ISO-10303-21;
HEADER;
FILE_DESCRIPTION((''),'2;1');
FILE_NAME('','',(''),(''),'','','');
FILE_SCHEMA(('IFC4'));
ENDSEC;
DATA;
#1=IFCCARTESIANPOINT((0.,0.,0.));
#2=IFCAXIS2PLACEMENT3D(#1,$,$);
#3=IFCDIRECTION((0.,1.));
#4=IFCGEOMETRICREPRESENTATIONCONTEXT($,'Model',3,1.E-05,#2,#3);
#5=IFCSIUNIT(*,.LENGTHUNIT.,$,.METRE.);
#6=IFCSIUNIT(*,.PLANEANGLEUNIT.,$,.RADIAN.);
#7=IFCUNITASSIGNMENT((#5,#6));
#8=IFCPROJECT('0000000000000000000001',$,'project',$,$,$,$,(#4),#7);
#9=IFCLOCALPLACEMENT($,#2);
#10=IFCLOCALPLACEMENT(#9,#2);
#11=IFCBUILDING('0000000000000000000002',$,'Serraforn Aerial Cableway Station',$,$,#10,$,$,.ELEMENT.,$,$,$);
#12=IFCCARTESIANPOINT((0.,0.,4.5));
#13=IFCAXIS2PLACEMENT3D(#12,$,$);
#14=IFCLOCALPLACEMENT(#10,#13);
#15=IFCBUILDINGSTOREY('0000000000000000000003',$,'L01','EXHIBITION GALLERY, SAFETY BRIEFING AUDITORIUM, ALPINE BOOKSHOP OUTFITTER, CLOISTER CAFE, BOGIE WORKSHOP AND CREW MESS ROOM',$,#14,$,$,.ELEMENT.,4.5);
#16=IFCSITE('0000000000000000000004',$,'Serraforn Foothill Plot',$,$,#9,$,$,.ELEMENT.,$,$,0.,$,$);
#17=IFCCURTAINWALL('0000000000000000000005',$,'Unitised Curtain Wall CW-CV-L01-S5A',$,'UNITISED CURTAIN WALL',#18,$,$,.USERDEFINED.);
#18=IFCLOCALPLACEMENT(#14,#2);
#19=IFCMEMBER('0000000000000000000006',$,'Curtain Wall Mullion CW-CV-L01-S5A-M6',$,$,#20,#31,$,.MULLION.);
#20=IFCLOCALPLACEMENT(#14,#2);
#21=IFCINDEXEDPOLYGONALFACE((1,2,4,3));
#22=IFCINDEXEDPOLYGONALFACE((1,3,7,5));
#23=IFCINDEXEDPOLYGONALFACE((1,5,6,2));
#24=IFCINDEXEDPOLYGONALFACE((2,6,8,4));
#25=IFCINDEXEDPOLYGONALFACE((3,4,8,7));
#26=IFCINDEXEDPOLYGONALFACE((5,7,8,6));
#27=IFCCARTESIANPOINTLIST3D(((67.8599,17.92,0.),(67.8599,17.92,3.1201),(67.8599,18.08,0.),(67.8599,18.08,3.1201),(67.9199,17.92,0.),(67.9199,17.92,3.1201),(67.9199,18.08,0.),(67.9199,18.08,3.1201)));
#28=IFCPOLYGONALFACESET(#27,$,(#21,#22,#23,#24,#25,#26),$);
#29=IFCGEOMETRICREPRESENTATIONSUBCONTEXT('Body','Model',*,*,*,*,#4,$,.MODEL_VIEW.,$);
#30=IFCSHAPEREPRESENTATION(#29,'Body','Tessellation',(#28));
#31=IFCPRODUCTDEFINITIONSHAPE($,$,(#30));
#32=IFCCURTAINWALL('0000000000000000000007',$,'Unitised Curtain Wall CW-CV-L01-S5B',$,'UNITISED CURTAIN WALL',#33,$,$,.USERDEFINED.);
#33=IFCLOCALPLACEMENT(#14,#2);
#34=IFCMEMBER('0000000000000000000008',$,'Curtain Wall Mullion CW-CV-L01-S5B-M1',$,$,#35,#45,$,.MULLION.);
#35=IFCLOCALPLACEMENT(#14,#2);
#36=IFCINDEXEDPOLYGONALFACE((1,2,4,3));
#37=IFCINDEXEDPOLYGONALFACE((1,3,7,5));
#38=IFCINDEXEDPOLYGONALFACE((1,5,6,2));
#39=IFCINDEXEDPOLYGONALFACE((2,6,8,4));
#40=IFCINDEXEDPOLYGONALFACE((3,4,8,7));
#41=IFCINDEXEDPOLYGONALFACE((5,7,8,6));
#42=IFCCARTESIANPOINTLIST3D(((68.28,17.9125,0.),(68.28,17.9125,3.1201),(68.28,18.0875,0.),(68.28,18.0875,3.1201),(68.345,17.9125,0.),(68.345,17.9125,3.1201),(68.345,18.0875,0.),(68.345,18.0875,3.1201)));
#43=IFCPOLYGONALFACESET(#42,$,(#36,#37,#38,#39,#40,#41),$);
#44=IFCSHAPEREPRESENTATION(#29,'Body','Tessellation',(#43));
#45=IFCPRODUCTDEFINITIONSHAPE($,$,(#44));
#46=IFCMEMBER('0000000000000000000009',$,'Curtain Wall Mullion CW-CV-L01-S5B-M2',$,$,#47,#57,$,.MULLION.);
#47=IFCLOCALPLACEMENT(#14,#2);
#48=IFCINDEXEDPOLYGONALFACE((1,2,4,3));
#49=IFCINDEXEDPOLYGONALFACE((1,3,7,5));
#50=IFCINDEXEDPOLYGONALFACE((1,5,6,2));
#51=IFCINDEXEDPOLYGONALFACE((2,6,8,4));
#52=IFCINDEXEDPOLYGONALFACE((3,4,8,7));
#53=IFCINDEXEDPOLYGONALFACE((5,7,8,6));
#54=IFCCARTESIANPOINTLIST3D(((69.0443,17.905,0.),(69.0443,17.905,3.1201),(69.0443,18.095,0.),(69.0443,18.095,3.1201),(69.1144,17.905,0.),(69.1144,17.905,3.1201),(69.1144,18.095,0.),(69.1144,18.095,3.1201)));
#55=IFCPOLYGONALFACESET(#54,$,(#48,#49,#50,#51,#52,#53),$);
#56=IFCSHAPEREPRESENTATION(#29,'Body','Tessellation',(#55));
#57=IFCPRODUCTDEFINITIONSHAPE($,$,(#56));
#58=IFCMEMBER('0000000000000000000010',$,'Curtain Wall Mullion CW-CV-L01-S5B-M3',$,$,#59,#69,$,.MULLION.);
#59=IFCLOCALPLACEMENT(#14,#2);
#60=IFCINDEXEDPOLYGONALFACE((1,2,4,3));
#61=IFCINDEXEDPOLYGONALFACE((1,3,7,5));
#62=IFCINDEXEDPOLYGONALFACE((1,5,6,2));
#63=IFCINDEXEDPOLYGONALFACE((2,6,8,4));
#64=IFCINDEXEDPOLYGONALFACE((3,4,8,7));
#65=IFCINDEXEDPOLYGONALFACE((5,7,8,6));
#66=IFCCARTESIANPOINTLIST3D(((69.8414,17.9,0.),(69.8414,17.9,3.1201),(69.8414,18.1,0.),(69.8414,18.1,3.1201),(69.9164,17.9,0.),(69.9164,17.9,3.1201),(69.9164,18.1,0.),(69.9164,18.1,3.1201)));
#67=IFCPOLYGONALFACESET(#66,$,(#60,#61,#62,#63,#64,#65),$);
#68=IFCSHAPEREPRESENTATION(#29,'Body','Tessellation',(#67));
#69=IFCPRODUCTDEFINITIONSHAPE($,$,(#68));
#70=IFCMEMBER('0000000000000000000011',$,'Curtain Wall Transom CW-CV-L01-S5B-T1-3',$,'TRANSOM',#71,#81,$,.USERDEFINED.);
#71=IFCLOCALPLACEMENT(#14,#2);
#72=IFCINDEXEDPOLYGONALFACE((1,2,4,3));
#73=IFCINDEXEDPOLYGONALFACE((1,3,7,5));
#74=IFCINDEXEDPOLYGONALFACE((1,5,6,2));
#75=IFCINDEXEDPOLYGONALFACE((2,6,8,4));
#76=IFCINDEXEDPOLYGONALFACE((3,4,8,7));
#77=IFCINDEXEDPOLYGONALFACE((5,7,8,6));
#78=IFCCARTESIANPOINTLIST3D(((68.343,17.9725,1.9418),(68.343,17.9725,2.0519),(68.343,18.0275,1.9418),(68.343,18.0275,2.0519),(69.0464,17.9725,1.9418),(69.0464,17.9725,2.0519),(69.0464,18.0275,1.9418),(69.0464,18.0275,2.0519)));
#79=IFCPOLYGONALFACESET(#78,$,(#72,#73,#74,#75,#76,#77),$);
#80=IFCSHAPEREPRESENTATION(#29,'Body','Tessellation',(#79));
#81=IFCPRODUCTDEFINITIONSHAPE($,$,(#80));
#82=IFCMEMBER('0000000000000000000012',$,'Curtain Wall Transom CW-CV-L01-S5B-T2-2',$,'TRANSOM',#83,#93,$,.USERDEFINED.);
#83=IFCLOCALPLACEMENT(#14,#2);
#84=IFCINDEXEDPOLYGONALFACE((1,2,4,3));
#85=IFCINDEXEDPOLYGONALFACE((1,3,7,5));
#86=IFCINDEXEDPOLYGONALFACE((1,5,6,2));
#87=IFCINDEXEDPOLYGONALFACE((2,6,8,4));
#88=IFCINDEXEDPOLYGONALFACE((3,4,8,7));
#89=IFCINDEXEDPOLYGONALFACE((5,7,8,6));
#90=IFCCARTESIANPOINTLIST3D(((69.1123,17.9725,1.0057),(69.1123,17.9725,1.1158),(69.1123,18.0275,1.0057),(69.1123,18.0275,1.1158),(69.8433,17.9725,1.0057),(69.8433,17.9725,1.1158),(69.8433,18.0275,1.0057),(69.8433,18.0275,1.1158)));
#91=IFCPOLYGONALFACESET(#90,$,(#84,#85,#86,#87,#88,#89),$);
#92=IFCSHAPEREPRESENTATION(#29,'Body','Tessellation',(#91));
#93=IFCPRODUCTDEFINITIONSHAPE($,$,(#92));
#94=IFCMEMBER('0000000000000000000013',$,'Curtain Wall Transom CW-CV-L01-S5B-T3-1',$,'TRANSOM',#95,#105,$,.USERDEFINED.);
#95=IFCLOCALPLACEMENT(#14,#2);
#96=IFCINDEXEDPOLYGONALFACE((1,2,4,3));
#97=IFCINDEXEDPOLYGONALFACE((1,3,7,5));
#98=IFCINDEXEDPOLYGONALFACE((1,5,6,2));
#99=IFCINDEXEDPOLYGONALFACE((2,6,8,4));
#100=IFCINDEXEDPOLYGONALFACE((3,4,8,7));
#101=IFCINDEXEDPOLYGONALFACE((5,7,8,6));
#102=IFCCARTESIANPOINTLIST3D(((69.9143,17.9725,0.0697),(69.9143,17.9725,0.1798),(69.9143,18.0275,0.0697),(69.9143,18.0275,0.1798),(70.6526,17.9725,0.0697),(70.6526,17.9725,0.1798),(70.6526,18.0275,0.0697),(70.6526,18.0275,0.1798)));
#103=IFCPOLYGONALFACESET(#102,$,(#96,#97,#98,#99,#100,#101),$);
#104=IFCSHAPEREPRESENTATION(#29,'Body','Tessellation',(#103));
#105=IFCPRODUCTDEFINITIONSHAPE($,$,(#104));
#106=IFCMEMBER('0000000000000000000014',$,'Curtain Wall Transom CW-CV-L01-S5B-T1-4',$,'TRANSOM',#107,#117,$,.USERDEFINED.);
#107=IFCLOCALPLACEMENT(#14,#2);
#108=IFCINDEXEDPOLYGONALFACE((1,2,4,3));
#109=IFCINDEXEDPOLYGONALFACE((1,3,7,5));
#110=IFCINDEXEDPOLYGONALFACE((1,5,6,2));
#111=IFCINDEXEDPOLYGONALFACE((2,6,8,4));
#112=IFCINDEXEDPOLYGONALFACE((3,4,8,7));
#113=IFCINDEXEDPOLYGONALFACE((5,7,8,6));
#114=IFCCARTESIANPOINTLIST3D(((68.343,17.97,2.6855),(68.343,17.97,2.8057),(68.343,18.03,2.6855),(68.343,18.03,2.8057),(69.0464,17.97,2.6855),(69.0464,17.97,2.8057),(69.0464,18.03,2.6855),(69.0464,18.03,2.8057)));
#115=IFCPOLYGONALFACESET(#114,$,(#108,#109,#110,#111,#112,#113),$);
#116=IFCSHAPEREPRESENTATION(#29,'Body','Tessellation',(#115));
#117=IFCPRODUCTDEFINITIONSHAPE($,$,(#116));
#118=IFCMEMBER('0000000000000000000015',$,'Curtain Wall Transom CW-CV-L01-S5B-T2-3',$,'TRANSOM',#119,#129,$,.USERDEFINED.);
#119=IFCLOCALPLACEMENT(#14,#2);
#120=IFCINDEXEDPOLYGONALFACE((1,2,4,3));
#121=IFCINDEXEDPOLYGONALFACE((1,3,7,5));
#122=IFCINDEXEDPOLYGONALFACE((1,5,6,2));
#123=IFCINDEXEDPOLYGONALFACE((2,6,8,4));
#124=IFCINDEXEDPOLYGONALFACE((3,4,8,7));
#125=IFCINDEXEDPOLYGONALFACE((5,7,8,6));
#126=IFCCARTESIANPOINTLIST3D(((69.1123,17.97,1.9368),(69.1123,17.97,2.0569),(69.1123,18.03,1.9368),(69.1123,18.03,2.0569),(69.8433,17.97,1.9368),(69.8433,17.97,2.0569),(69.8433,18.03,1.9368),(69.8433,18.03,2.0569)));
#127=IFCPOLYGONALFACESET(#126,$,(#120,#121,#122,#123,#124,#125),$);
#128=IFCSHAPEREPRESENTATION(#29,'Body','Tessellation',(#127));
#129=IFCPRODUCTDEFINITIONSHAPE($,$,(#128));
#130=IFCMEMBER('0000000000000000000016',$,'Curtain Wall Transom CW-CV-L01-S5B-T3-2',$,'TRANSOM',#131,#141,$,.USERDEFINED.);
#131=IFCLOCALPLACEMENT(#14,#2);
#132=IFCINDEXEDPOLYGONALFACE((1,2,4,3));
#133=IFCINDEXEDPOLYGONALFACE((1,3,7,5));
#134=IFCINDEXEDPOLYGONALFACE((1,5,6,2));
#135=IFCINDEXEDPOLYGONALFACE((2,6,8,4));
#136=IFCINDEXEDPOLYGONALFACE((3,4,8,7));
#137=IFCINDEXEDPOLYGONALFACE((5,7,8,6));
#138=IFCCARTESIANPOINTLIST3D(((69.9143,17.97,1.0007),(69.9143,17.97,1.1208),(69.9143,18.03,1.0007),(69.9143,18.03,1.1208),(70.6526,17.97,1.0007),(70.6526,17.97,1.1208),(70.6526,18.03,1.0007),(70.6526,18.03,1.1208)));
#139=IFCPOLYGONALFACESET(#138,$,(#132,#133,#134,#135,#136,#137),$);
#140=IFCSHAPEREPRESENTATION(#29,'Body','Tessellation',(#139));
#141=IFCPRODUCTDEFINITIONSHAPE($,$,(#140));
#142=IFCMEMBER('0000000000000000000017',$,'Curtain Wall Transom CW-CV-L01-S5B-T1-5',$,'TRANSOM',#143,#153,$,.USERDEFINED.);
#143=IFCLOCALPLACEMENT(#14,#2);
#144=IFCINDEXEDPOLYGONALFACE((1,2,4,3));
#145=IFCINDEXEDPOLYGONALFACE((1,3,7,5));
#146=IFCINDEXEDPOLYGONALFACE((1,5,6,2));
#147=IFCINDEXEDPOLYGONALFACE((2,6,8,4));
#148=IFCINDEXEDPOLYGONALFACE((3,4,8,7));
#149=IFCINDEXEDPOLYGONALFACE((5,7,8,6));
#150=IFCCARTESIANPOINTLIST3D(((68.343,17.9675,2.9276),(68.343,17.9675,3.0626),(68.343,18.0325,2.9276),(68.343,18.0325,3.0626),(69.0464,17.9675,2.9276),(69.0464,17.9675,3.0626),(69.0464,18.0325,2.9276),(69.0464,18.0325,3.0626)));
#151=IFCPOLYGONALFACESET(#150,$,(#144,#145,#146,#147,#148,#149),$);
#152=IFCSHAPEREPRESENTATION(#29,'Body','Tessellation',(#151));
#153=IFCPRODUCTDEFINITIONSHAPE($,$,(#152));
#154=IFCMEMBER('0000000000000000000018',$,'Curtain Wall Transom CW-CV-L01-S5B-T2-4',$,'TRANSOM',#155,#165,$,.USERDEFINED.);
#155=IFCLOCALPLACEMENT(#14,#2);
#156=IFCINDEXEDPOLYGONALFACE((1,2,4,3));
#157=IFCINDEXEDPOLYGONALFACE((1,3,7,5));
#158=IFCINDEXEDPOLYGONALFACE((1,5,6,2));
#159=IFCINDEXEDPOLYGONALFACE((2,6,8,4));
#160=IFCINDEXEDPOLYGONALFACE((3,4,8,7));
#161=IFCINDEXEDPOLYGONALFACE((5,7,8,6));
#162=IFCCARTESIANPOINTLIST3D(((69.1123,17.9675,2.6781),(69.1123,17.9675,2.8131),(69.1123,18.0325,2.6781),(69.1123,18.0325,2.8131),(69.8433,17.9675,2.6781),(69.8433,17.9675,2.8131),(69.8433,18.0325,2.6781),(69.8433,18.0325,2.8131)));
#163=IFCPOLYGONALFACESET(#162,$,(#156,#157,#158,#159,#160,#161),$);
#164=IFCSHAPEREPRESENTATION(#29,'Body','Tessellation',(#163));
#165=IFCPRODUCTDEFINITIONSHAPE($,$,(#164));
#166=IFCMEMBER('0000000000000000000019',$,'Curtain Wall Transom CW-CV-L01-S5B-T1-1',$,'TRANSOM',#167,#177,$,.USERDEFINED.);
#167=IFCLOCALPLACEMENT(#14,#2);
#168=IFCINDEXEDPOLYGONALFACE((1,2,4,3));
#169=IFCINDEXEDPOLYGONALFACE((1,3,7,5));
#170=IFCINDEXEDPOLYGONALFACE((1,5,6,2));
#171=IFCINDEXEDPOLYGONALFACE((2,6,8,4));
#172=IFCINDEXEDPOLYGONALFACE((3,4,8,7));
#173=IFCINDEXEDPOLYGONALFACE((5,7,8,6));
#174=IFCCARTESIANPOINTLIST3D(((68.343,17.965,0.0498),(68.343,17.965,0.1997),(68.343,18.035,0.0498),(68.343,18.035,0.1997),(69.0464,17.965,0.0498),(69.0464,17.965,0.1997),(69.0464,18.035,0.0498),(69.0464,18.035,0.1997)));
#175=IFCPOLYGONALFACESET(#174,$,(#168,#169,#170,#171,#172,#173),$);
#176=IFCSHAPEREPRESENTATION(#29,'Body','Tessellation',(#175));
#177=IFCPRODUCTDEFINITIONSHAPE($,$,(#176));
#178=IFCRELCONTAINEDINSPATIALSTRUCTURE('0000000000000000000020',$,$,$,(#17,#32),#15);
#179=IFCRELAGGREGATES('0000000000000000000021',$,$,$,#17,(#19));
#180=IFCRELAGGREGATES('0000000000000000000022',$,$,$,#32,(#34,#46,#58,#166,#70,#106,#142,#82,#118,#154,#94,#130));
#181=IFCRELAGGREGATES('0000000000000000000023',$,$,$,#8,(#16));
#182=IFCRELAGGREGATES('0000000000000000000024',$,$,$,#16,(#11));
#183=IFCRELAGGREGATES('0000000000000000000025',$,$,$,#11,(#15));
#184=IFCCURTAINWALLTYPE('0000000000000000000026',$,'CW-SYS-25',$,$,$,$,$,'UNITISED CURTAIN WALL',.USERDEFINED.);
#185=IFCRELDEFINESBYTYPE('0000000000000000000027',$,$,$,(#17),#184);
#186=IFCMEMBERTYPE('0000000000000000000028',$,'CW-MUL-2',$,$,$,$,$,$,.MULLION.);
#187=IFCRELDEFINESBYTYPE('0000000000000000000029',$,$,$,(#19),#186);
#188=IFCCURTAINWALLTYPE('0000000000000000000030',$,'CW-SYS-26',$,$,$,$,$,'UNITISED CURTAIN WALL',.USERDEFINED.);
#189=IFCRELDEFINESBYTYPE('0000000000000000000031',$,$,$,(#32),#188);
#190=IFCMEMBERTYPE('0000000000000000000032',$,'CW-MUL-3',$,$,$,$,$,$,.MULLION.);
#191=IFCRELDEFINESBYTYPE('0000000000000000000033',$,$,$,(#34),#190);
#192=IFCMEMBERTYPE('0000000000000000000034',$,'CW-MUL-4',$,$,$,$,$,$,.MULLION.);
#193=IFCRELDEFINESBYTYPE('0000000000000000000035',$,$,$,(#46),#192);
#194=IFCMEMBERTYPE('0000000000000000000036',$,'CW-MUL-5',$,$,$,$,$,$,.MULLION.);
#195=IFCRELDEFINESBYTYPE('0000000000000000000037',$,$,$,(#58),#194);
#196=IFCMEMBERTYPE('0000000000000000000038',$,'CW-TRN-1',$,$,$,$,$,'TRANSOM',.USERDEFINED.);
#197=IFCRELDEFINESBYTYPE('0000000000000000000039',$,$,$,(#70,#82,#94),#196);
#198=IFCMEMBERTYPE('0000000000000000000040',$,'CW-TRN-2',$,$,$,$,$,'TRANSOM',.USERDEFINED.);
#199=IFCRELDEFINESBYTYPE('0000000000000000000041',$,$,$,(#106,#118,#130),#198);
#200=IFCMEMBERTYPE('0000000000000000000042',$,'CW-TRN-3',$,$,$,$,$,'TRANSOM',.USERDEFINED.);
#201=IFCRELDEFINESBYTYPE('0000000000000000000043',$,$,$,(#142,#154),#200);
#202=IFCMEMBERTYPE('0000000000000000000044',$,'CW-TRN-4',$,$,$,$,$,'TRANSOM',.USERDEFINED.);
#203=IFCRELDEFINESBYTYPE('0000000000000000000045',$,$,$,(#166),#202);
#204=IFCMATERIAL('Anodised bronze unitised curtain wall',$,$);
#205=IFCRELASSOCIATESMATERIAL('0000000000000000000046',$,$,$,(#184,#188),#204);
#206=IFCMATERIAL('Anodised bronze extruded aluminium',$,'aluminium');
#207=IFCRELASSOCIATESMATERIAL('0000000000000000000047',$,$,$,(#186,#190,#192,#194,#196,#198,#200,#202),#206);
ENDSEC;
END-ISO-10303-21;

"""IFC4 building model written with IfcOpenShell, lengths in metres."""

from ifc_helpers import new_model, si_unit, direction, frame, origin, origin_2d, place, context, subcontext, project, spatial, rectangle, extrude, material, material_profile, profile_set, type_object, element, aggregate, save


model = new_model("IFC4")

# Units and contexts
model_context = context("Model", 3, precision=1e-05, world=origin(), true_north=direction((0.0, 1.0)))
body_context = subcontext(model_context, "Body", "Model", "MODEL_VIEW")
ifc_project = project(units=[si_unit("LENGTHUNIT", "METRE"), si_unit("PLANEANGLEUNIT", "RADIAN")], contexts=[model_context])

# Site, building, storey
site_placement = place(None, origin())
site = spatial("IfcSite", under=ifc_project, at=site_placement, Name="Serraforn Foothill Plot", CompositionType="ELEMENT", RefElevation=0.0)
building_placement = place(site_placement, origin())
building = spatial("IfcBuilding", under=site, at=building_placement, Name="Serraforn Aerial Cableway Station", CompositionType="ELEMENT")
storey_placement = place(building_placement, frame((0.0, 0.0, 4.5)))
storey = spatial("IfcBuildingStorey", under=building, at=storey_placement, Name="L01", Description="EXHIBITION GALLERY, SAFETY BRIEFING AUDITORIUM, ALPINE BOOKSHOP OUTFITTER, CLOISTER CAFE, BOGIE WORKSHOP AND CREW MESS ROOM", CompositionType="ELEMENT", Elevation=4.5)

# Curtain wall, member
ifc_material_1 = material(Name="Anodised bronze unitised curtain wall")
curtain_wall_type_1 = type_object("IfcCurtainWallType", Name="CW-SYS-25", ElementType="UNITISED CURTAIN WALL", PredefinedType="USERDEFINED", material=ifc_material_1)
curtain_wall_1_placement = place(storey_placement, origin())
curtain_wall_1 = element("IfcCurtainWall", 1, at=curtain_wall_1_placement, inside=storey, type_object=curtain_wall_type_1, Name="Unitised Curtain Wall CW-CV-L01-S5A", ObjectType="UNITISED CURTAIN WALL", PredefinedType="USERDEFINED")
ifc_material_2 = material(Name="Anodised bronze extruded aluminium", Category="aluminium")
ifc_material_profile_1 = material_profile(ifc_material_2, rectangle(XDim=0.0601, YDim=0.1599, at=origin_2d()), Name="CW MULLION 60x160")
ifc_profile_set_1 = profile_set([ifc_material_profile_1], Name="Anodised bronze extruded aluminium")
member_type_1 = type_object("IfcMemberType", Name="CW-MUL-2", PredefinedType="MULLION", material=ifc_profile_set_1)
member_1_placement = place(storey_placement, frame((67.8899, 18.0, 0.0), z_axis=(0.0, 0.0, 1.0), x_axis=(1.0, 0.0, 0.0)))
member_1 = element("IfcMember", 2, at=member_1_placement, type_object=member_type_1, Name="Curtain Wall Mullion CW-CV-L01-S5A-M6", PredefinedType="MULLION", context=body_context, shape_type="SweptSolid", body=[
    extrude(rectangle(XDim=0.0601, YDim=0.1599, at=origin_2d()), origin(), (0.0, 0.0, 1.0), 3.1201),
])
aggregate(curtain_wall_1, [member_1])

# Curtain wall, members
curtain_wall_type_2 = type_object("IfcCurtainWallType", Name="CW-SYS-26", ElementType="UNITISED CURTAIN WALL", PredefinedType="USERDEFINED", material=ifc_material_1)
curtain_wall_2_placement = place(storey_placement, origin())
curtain_wall_2 = element("IfcCurtainWall", 3, at=curtain_wall_2_placement, inside=storey, type_object=curtain_wall_type_2, Name="Unitised Curtain Wall CW-CV-L01-S5B", ObjectType="UNITISED CURTAIN WALL", PredefinedType="USERDEFINED")
ifc_material_profile_2 = material_profile(ifc_material_2, rectangle(XDim=0.0649, YDim=0.175, at=origin_2d()), Name="CW MULLION 65x175")
ifc_profile_set_2 = profile_set([ifc_material_profile_2], Name="Anodised bronze extruded aluminium")
member_type_2 = type_object("IfcMemberType", Name="CW-MUL-3", PredefinedType="MULLION", material=ifc_profile_set_2)
member_2_placement = place(storey_placement, frame((68.3125, 18.0, 0.0), z_axis=(0.0, 0.0, 1.0), x_axis=(1.0, 0.0, 0.0)))
member_2 = element("IfcMember", 4, at=member_2_placement, type_object=member_type_2, Name="Curtain Wall Mullion CW-CV-L01-S5B-M1", PredefinedType="MULLION", context=body_context, shape_type="SweptSolid", body=[
    extrude(rectangle(XDim=0.0649, YDim=0.175, at=origin_2d()), origin(), (0.0, 0.0, 1.0), 3.1201),
])
ifc_material_profile_3 = material_profile(ifc_material_2, rectangle(XDim=0.0701, YDim=0.1899, at=origin_2d()), Name="CW MULLION 70x190")
ifc_profile_set_3 = profile_set([ifc_material_profile_3], Name="Anodised bronze extruded aluminium")
member_type_3 = type_object("IfcMemberType", Name="CW-MUL-4", PredefinedType="MULLION", material=ifc_profile_set_3)
member_3_placement = place(storey_placement, frame((69.0793, 18.0, 0.0), z_axis=(0.0, 0.0, 1.0), x_axis=(1.0, 0.0, 0.0)))
member_3 = element("IfcMember", 5, at=member_3_placement, type_object=member_type_3, Name="Curtain Wall Mullion CW-CV-L01-S5B-M2", PredefinedType="MULLION", context=body_context, shape_type="SweptSolid", body=[
    extrude(rectangle(XDim=0.0701, YDim=0.1899, at=origin_2d()), origin(), (0.0, 0.0, 1.0), 3.1201),
])
ifc_material_profile_4 = material_profile(ifc_material_2, rectangle(XDim=0.075, YDim=0.2, at=origin_2d()), Name="CW MULLION 75x200")
ifc_profile_set_4 = profile_set([ifc_material_profile_4], Name="Anodised bronze extruded aluminium")
member_type_4 = type_object("IfcMemberType", Name="CW-MUL-5", PredefinedType="MULLION", material=ifc_profile_set_4)
member_4_placement = place(storey_placement, frame((69.8789, 18.0, 0.0), z_axis=(0.0, 0.0, 1.0), x_axis=(1.0, 0.0, 0.0)))
member_4 = element("IfcMember", 6, at=member_4_placement, type_object=member_type_4, Name="Curtain Wall Mullion CW-CV-L01-S5B-M3", PredefinedType="MULLION", context=body_context, shape_type="SweptSolid", body=[
    extrude(rectangle(XDim=0.075, YDim=0.2, at=origin_2d()), origin(), (0.0, 0.0, 1.0), 3.1201),
])
ifc_material_profile_5 = material_profile(ifc_material_2, rectangle(XDim=0.0549, YDim=0.1101, at=origin_2d()), Name="CW TRANSOM 55x110")
ifc_profile_set_5 = profile_set([ifc_material_profile_5], Name="Anodised bronze extruded aluminium")
member_type_5 = type_object("IfcMemberType", Name="CW-TRN-1", ElementType="TRANSOM", PredefinedType="USERDEFINED", material=ifc_profile_set_5)
member_5_placement = place(storey_placement, frame((68.343, 18.0, 1.9968), z_axis=(1.0, 0.0, 0.0), x_axis=(0.0, 1.0, 0.0)))
member_5 = element("IfcMember", 7, at=member_5_placement, type_object=member_type_5, Name="Curtain Wall Transom CW-CV-L01-S5B-T1-3", ObjectType="TRANSOM", PredefinedType="USERDEFINED", context=body_context, shape_type="SweptSolid", body=[
    extrude(rectangle(XDim=0.0549, YDim=0.1101, at=origin_2d()), origin(), (0.0, 0.0, 1.0), 0.7034),
])
member_6_placement = place(storey_placement, frame((69.1123, 18.0, 1.0608), z_axis=(1.0, 0.0, 0.0), x_axis=(0.0, 1.0, 0.0)))
member_6 = element("IfcMember", 8, at=member_6_placement, type_object=member_type_5, Name="Curtain Wall Transom CW-CV-L01-S5B-T2-2", ObjectType="TRANSOM", PredefinedType="USERDEFINED", context=body_context, shape_type="SweptSolid", body=[
    extrude(rectangle(XDim=0.0549, YDim=0.1101, at=origin_2d()), origin(), (0.0, 0.0, 1.0), 0.731),
])
member_7_placement = place(storey_placement, frame((69.9143, 18.0, 0.1248), z_axis=(1.0, 0.0, 0.0), x_axis=(0.0, 1.0, 0.0)))
member_7 = element("IfcMember", 9, at=member_7_placement, type_object=member_type_5, Name="Curtain Wall Transom CW-CV-L01-S5B-T3-1", ObjectType="TRANSOM", PredefinedType="USERDEFINED", context=body_context, shape_type="SweptSolid", body=[
    extrude(rectangle(XDim=0.0549, YDim=0.1101, at=origin_2d()), origin(), (0.0, 0.0, 1.0), 0.7383),
])
ifc_material_profile_6 = material_profile(ifc_material_2, rectangle(XDim=0.0601, YDim=0.1201, at=origin_2d()), Name="CW TRANSOM 60x120")
ifc_profile_set_6 = profile_set([ifc_material_profile_6], Name="Anodised bronze extruded aluminium")
member_type_6 = type_object("IfcMemberType", Name="CW-TRN-2", ElementType="TRANSOM", PredefinedType="USERDEFINED", material=ifc_profile_set_6)
member_8_placement = place(storey_placement, frame((68.343, 18.0, 2.7456), z_axis=(1.0, 0.0, 0.0), x_axis=(0.0, 1.0, 0.0)))
member_8 = element("IfcMember", 10, at=member_8_placement, type_object=member_type_6, Name="Curtain Wall Transom CW-CV-L01-S5B-T1-4", ObjectType="TRANSOM", PredefinedType="USERDEFINED", context=body_context, shape_type="SweptSolid", body=[
    extrude(rectangle(XDim=0.0601, YDim=0.1201, at=origin_2d()), origin(), (0.0, 0.0, 1.0), 0.7034),
])
member_9_placement = place(storey_placement, frame((69.1123, 18.0, 1.9968), z_axis=(1.0, 0.0, 0.0), x_axis=(0.0, 1.0, 0.0)))
member_9 = element("IfcMember", 11, at=member_9_placement, type_object=member_type_6, Name="Curtain Wall Transom CW-CV-L01-S5B-T2-3", ObjectType="TRANSOM", PredefinedType="USERDEFINED", context=body_context, shape_type="SweptSolid", body=[
    extrude(rectangle(XDim=0.0601, YDim=0.1201, at=origin_2d()), origin(), (0.0, 0.0, 1.0), 0.731),
])
member_10_placement = place(storey_placement, frame((69.9143, 18.0, 1.0608), z_axis=(1.0, 0.0, 0.0), x_axis=(0.0, 1.0, 0.0)))
member_10 = element("IfcMember", 12, at=member_10_placement, type_object=member_type_6, Name="Curtain Wall Transom CW-CV-L01-S5B-T3-2", ObjectType="TRANSOM", PredefinedType="USERDEFINED", context=body_context, shape_type="SweptSolid", body=[
    extrude(rectangle(XDim=0.0601, YDim=0.1201, at=origin_2d()), origin(), (0.0, 0.0, 1.0), 0.7383),
])
ifc_material_profile_7 = material_profile(ifc_material_2, rectangle(XDim=0.0649, YDim=0.135, at=origin_2d()), Name="CW TRANSOM 65x135")
ifc_profile_set_7 = profile_set([ifc_material_profile_7], Name="Anodised bronze extruded aluminium")
member_type_7 = type_object("IfcMemberType", Name="CW-TRN-3", ElementType="TRANSOM", PredefinedType="USERDEFINED", material=ifc_profile_set_7)
member_11_placement = place(storey_placement, frame((68.343, 18.0, 2.9951), z_axis=(1.0, 0.0, 0.0), x_axis=(0.0, 1.0, 0.0)))
member_11 = element("IfcMember", 13, at=member_11_placement, type_object=member_type_7, Name="Curtain Wall Transom CW-CV-L01-S5B-T1-5", ObjectType="TRANSOM", PredefinedType="USERDEFINED", context=body_context, shape_type="SweptSolid", body=[
    extrude(rectangle(XDim=0.0649, YDim=0.135, at=origin_2d()), origin(), (0.0, 0.0, 1.0), 0.7034),
])
member_12_placement = place(storey_placement, frame((69.1123, 18.0, 2.7456), z_axis=(1.0, 0.0, 0.0), x_axis=(0.0, 1.0, 0.0)))
member_12 = element("IfcMember", 14, at=member_12_placement, type_object=member_type_7, Name="Curtain Wall Transom CW-CV-L01-S5B-T2-4", ObjectType="TRANSOM", PredefinedType="USERDEFINED", context=body_context, shape_type="SweptSolid", body=[
    extrude(rectangle(XDim=0.0649, YDim=0.135, at=origin_2d()), origin(), (0.0, 0.0, 1.0), 0.731),
])
ifc_material_profile_8 = material_profile(ifc_material_2, rectangle(XDim=0.0701, YDim=0.1499, at=origin_2d()), Name="CW TRANSOM 70x150")
ifc_profile_set_8 = profile_set([ifc_material_profile_8], Name="Anodised bronze extruded aluminium")
member_type_8 = type_object("IfcMemberType", Name="CW-TRN-4", ElementType="TRANSOM", PredefinedType="USERDEFINED", material=ifc_profile_set_8)
member_13_placement = place(storey_placement, frame((68.343, 18.0, 0.1248), z_axis=(1.0, 0.0, 0.0), x_axis=(0.0, 1.0, 0.0)))
member_13 = element("IfcMember", 15, at=member_13_placement, type_object=member_type_8, Name="Curtain Wall Transom CW-CV-L01-S5B-T1-1", ObjectType="TRANSOM", PredefinedType="USERDEFINED", context=body_context, shape_type="SweptSolid", body=[
    extrude(rectangle(XDim=0.0701, YDim=0.1499, at=origin_2d()), origin(), (0.0, 0.0, 1.0), 0.7034),
])
aggregate(curtain_wall_2, [member_2, member_3, member_4, member_13, member_5, member_8, member_11, member_6, member_9, member_12, member_7, member_10])

save(model, "model.ifc")
